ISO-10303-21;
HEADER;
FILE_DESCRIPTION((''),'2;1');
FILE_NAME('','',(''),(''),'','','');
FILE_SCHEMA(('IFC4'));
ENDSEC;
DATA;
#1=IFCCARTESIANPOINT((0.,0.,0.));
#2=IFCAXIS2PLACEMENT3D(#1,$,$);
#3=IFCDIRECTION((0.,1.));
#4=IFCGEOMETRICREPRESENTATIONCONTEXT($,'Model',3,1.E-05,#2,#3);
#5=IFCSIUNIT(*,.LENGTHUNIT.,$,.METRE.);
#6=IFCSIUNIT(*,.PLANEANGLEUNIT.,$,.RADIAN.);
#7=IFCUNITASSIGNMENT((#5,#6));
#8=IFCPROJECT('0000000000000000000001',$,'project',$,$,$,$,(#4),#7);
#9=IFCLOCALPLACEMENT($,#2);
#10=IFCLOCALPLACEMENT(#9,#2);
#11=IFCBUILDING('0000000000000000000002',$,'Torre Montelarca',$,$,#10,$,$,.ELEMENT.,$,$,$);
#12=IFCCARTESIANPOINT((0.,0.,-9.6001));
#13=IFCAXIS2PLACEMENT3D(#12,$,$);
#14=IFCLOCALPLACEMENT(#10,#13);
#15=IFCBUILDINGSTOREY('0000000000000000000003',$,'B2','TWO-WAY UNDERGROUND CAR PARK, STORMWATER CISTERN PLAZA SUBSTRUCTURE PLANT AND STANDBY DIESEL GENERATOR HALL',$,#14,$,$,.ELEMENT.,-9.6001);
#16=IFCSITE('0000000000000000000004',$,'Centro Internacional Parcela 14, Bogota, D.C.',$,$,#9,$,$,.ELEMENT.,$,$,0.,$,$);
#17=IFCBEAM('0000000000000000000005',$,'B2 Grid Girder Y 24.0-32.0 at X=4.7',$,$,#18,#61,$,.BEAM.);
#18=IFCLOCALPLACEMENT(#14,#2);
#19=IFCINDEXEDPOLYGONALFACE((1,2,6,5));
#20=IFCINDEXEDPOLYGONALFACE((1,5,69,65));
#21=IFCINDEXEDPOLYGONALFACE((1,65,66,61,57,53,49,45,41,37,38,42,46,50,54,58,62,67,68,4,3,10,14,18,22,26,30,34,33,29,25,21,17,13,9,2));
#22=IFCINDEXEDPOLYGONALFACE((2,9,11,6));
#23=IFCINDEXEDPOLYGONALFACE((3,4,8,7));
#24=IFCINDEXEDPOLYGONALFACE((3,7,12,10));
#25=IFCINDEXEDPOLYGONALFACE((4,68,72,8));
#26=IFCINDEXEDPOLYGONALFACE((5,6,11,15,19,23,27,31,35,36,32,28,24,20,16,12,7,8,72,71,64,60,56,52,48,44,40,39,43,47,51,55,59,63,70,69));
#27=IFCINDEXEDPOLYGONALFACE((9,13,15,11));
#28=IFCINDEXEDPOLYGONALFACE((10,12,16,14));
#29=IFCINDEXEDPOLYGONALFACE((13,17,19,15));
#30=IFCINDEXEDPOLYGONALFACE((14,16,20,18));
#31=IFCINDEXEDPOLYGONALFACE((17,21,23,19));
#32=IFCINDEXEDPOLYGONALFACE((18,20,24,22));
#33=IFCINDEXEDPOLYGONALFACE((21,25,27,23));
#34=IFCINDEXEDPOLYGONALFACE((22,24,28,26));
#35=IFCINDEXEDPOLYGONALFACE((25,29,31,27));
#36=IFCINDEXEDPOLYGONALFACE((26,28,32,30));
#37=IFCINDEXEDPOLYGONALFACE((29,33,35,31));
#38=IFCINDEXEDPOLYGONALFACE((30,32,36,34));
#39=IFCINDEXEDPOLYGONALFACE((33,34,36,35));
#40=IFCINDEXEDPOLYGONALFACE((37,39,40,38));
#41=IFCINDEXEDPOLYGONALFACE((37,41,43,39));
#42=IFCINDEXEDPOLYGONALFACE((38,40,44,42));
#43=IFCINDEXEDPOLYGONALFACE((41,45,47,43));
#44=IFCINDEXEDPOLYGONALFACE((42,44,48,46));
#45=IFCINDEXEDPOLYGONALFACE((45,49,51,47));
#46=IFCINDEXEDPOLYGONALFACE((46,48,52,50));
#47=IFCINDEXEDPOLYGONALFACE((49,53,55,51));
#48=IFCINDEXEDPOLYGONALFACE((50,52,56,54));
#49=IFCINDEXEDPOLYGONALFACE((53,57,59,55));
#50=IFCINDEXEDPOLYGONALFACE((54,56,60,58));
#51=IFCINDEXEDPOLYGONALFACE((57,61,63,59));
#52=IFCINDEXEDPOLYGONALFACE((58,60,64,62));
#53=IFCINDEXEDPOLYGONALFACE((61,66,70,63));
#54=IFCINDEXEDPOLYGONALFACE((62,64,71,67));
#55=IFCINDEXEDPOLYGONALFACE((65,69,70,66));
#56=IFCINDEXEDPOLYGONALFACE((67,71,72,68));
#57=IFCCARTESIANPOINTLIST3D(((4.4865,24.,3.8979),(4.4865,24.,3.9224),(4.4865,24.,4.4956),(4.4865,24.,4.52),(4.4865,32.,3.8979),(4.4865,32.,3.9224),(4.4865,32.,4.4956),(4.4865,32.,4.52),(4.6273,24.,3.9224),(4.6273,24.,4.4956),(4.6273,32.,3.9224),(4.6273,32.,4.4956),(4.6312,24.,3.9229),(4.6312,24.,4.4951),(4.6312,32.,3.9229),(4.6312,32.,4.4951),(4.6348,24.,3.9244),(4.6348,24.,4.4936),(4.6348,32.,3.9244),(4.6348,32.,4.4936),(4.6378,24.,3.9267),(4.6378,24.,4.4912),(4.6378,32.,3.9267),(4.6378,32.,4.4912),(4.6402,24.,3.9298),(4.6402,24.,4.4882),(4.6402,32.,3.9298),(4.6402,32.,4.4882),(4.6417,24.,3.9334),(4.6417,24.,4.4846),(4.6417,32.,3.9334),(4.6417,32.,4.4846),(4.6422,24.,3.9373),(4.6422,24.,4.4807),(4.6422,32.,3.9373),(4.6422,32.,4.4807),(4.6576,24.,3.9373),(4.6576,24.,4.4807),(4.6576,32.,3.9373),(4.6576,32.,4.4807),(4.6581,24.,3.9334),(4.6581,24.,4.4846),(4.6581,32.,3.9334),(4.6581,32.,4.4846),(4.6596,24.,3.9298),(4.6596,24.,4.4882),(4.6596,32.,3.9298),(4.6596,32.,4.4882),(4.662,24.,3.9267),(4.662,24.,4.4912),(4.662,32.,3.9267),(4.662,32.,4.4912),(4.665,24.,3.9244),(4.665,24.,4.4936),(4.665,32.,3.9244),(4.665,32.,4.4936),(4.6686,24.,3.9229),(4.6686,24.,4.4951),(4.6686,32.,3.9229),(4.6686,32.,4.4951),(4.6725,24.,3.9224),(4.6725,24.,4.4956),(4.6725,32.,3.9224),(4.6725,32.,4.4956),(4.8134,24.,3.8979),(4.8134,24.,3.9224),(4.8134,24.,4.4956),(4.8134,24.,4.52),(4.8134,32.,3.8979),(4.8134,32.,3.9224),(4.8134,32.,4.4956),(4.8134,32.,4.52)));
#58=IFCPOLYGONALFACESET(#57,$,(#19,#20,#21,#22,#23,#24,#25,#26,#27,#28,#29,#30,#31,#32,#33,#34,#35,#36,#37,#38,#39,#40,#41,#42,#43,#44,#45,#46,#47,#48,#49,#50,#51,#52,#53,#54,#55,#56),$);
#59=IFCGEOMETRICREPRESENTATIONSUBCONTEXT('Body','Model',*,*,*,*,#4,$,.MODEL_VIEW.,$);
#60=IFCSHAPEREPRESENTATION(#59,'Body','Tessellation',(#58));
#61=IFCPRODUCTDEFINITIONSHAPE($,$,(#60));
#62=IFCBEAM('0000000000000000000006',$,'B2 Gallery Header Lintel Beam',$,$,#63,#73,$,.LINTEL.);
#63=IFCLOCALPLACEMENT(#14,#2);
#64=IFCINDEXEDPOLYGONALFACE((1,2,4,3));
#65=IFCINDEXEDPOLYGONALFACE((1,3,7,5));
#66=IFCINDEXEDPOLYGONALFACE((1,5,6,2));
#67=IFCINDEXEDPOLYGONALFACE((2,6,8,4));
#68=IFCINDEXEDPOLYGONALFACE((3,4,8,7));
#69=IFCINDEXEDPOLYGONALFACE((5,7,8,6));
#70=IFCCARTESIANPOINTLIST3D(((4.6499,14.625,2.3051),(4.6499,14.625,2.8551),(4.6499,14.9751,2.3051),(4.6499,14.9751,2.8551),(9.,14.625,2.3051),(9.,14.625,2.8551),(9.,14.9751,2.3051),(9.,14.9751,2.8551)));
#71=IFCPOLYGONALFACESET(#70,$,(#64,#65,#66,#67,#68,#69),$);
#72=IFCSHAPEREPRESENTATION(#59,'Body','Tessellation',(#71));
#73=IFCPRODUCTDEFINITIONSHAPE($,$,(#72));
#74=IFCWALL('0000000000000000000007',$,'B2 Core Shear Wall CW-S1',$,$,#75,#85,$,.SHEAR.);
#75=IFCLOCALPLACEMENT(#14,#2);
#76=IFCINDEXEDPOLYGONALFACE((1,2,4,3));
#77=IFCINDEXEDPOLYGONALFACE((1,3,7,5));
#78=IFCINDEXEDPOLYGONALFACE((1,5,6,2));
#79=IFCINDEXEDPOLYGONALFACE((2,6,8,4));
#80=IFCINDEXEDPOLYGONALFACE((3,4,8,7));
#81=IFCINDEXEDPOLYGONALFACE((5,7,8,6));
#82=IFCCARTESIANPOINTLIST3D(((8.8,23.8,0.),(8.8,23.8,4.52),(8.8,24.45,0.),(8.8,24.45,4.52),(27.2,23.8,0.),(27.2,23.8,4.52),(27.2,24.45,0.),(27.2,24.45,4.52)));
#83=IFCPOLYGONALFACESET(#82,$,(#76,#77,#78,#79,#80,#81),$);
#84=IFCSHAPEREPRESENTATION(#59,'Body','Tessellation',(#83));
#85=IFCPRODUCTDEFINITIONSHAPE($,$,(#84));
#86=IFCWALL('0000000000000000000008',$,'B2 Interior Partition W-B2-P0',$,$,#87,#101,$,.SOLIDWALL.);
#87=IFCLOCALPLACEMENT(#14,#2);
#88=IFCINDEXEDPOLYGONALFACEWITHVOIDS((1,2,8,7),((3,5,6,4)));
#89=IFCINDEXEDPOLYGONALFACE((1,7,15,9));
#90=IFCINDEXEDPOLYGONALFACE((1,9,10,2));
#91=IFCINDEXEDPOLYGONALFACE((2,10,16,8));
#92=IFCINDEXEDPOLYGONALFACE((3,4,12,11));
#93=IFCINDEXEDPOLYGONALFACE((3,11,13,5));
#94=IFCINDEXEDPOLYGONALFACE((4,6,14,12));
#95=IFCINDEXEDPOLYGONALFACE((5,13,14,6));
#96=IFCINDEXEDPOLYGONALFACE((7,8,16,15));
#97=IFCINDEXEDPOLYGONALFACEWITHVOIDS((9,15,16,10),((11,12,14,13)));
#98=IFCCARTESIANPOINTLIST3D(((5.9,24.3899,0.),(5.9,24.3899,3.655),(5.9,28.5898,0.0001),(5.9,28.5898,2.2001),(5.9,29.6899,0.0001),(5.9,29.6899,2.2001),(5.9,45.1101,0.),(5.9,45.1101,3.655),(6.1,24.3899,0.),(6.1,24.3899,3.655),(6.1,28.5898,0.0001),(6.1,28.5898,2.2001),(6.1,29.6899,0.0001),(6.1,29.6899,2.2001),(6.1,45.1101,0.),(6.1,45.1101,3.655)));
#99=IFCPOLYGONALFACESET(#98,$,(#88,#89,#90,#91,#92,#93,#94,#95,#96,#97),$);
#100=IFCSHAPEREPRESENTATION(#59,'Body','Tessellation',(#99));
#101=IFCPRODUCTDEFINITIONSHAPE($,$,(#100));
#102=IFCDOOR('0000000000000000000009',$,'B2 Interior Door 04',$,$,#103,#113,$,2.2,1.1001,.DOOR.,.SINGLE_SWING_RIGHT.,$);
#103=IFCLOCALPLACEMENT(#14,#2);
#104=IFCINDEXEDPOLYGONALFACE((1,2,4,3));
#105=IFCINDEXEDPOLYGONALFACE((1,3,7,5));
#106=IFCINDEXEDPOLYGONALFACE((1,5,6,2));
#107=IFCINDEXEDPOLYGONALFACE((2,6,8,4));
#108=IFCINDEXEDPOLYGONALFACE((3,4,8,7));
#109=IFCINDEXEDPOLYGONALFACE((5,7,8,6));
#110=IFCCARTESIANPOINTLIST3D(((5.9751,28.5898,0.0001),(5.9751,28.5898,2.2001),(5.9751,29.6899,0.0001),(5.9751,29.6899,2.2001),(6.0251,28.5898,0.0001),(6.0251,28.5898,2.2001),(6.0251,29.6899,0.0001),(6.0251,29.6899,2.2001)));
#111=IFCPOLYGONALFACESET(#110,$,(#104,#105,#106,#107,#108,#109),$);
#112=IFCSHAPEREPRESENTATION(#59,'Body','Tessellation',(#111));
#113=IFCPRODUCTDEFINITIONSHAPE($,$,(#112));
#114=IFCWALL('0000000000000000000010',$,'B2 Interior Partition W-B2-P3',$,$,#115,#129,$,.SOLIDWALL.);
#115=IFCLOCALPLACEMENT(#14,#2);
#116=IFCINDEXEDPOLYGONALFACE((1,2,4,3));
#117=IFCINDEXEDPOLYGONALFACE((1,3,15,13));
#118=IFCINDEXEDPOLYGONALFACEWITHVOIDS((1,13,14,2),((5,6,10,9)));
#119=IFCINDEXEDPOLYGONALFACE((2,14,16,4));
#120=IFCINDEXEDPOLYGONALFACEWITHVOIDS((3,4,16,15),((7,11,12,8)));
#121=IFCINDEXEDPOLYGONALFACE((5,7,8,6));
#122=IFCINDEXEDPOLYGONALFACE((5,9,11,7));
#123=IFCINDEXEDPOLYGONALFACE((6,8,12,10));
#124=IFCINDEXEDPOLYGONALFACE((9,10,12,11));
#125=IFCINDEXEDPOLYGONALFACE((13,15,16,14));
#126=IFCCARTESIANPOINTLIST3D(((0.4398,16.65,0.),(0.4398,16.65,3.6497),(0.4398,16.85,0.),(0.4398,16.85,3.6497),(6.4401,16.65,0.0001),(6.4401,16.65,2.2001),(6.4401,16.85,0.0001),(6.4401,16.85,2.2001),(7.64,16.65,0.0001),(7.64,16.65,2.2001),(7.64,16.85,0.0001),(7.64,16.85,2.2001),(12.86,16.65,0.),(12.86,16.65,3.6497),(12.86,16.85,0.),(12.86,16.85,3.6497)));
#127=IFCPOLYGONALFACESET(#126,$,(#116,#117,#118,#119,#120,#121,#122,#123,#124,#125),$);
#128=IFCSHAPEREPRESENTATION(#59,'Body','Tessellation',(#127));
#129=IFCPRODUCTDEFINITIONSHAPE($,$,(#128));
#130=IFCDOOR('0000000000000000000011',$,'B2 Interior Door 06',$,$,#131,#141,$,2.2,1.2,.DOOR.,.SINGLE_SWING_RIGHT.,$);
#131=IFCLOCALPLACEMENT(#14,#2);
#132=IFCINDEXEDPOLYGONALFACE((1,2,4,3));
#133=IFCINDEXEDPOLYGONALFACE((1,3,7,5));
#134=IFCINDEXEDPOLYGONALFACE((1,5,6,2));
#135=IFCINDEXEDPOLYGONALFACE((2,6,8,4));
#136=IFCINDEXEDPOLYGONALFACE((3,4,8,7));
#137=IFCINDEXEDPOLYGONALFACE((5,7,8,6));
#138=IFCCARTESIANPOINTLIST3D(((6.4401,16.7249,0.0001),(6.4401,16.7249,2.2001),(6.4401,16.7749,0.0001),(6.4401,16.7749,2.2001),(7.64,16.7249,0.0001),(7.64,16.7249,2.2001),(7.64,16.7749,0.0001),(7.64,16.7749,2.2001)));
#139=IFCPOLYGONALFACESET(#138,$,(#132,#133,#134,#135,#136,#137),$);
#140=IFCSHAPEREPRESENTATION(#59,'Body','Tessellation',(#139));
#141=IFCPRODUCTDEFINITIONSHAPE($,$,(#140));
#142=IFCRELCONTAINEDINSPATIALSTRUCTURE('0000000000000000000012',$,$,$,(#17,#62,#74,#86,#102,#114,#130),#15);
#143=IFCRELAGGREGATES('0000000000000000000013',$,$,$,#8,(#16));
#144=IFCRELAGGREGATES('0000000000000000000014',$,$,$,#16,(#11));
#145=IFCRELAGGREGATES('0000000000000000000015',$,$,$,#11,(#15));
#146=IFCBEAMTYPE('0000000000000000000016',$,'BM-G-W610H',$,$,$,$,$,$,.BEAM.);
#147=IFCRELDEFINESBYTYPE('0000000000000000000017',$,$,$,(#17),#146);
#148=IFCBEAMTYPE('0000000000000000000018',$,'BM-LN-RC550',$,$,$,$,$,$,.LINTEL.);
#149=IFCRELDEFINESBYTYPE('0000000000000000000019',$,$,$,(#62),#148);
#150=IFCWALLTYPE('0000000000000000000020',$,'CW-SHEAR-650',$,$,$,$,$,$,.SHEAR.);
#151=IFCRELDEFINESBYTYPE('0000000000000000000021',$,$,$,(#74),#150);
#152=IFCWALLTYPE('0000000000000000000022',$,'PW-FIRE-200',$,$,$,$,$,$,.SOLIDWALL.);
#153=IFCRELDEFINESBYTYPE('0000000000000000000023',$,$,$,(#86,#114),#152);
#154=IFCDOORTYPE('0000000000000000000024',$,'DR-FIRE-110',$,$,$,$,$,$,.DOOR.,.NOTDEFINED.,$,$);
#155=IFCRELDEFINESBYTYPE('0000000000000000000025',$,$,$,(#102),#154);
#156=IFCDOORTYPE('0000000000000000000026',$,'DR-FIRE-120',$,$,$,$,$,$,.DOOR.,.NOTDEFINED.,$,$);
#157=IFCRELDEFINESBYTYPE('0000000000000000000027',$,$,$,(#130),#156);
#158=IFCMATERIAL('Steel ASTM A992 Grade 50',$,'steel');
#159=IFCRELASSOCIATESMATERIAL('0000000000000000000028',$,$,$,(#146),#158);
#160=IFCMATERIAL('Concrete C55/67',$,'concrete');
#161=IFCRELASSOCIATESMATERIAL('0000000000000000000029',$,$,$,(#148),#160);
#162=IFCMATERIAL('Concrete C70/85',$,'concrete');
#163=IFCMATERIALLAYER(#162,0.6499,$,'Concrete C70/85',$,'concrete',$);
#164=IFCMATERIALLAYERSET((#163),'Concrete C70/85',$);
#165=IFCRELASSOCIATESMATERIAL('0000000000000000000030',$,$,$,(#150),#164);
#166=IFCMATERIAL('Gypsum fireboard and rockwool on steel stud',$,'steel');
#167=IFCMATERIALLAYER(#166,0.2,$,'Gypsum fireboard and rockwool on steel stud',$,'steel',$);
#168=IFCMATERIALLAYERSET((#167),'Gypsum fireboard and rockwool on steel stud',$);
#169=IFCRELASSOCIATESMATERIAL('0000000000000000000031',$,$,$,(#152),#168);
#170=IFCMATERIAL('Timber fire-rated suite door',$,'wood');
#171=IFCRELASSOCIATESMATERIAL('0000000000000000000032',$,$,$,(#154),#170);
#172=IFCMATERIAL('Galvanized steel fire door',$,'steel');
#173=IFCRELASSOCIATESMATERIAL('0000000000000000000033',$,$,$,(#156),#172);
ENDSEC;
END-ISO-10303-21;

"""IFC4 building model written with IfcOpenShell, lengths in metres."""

from ifc_helpers import new_model, si_unit, direction, frame, frame_2d, origin, origin_2d, place, context, subcontext, project, spatial, rectangle, i_section, extrude, source, transform, mapped, material, layer, layer_set, material_profile, profile_set, type_object, element, fill, save


model = new_model("IFC4")

# Units and contexts
model_context = context("Model", 3, precision=1e-05, world=origin(), true_north=direction((0.0, 1.0)))
body_context = subcontext(model_context, "Body", "Model", "MODEL_VIEW")
ifc_project = project(units=[si_unit("LENGTHUNIT", "METRE"), si_unit("PLANEANGLEUNIT", "RADIAN")], contexts=[model_context])

# Site, building, storey
site_placement = place(None, origin())
site = spatial("IfcSite", under=ifc_project, at=site_placement, Name="Centro Internacional Parcela 14, Bogota, D.C.", CompositionType="ELEMENT", RefElevation=0.0)
building_placement = place(site_placement, origin())
building = spatial("IfcBuilding", under=site, at=building_placement, Name="Torre Montelarca", CompositionType="ELEMENT")
storey_placement = place(building_placement, frame((0.0, 0.0, -9.6001)))
storey = spatial("IfcBuildingStorey", under=building, at=storey_placement, Name="B2", Description="TWO-WAY UNDERGROUND CAR PARK, STORMWATER CISTERN PLAZA SUBSTRUCTURE PLANT AND STANDBY DIESEL GENERATOR HALL", CompositionType="ELEMENT", Elevation=-9.6001)

# Shared definitions
ifc_material_1 = material(Name="Concrete C70/85", Category="concrete")

# Beams
ifc_material_2 = material(Name="Concrete C55/67", Category="concrete")
ifc_material_3 = material(Name="Steel ASTM A992 Grade 50", Category="steel")
ifc_material_profile_1 = material_profile(ifc_material_3, i_section(OverallWidth=0.3269, OverallDepth=0.6221, WebThickness=0.0154, FlangeThickness=0.0244, FilletRadius=0.0149, at=origin_2d()), Name="W610X195", Category="steel")
ifc_profile_set_1 = profile_set([ifc_material_profile_1], Name="Steel ASTM A992 Grade 50")
beam_type_1 = type_object("IfcBeamType", Name="BM-G-W610H", PredefinedType="BEAM", material=ifc_profile_set_1)
shared_shape_1 = source(origin(), body_context, "Body", "SweptSolid", [
    extrude(i_section(OverallWidth=0.3269, OverallDepth=0.6221, WebThickness=0.0154, FlangeThickness=0.0244, FilletRadius=0.0149, at=origin_2d()), origin(), (0.0, 0.0, 1.0), 8.0),
])
beam_1_placement = place(storey_placement, frame((4.6499, 24.0, 4.209), z_axis=(0.0, 1.0, 0.0), x_axis=(-1.0, 0.0, 0.0)))
element("IfcBeam", 1, at=beam_1_placement, inside=storey, type_object=beam_type_1, Name="B2 Grid Girder Y 24.0-32.0 at X=4.7", PredefinedType="BEAM", context=body_context, shape_type="MappedRepresentation", body=[
    mapped(shared_shape_1, transform((0.0, 0.0, 0.0), scale=1.0)),
])
ifc_material_profile_2 = material_profile(ifc_material_2, rectangle(XDim=0.3501, YDim=0.55, at=origin_2d()), Name="RCB350X550", Category="concrete")
ifc_profile_set_2 = profile_set([ifc_material_profile_2], Name="Concrete C55/67")
beam_type_2 = type_object("IfcBeamType", Name="BM-LN-RC550", PredefinedType="LINTEL", material=ifc_profile_set_2)
shared_shape_2 = source(origin(), body_context, "Body", "SweptSolid", [
    extrude(rectangle(XDim=0.3501, YDim=0.55, at=origin_2d()), origin(), (0.0, 0.0, 1.0), 4.3501),
])
beam_2_placement = place(storey_placement, frame((4.6499, 14.8, 2.5801), z_axis=(1.0, 0.0, 0.0), x_axis=(0.0, 1.0, 0.0)))
element("IfcBeam", 2, at=beam_2_placement, inside=storey, type_object=beam_type_2, Name="B2 Gallery Header Lintel Beam", PredefinedType="LINTEL", context=body_context, shape_type="MappedRepresentation", body=[
    mapped(shared_shape_2, transform((0.0, 0.0, 0.0), scale=1.0)),
])

# Wall
ifc_layer_1 = layer(ifc_material_1, 0.6499, Name="Concrete C70/85", Category="concrete")
ifc_layer_set_1 = layer_set([ifc_layer_1], Name="Concrete C70/85")
wall_type_1 = type_object("IfcWallType", Name="CW-SHEAR-650", PredefinedType="SHEAR", material=ifc_layer_set_1)
wall_1_placement = place(storey_placement, frame((8.8, 24.125, 0.0), z_axis=(0.0, 0.0, 1.0), x_axis=(1.0, 0.0, 0.0)))
element("IfcWall", 3, at=wall_1_placement, inside=storey, type_object=wall_type_1, Name="B2 Core Shear Wall CW-S1", PredefinedType="SHEAR", context=body_context, shape_type="SweptSolid", body=[
    extrude(rectangle(XDim=18.3999, YDim=0.6499, at=frame_2d((9.2, 0.0))), origin(), (0.0, 0.0, 1.0), 4.52),
])

# Walls, openings, doors
ifc_material_4 = material(Name="Gypsum fireboard and rockwool on steel stud", Category="steel")
ifc_layer_2 = layer(ifc_material_4, 0.2, Name="Gypsum fireboard and rockwool on steel stud", Category="steel")
ifc_layer_set_2 = layer_set([ifc_layer_2], Name="Gypsum fireboard and rockwool on steel stud")
wall_type_2 = type_object("IfcWallType", Name="PW-FIRE-200", PredefinedType="SOLIDWALL", material=ifc_layer_set_2)
wall_2_placement = place(storey_placement, frame((6.0, 24.3899, 0.0), z_axis=(0.0, 0.0, 1.0), x_axis=(0.0, 1.0, 0.0)))
wall_2 = element("IfcWall", 4, at=wall_2_placement, inside=storey, type_object=wall_type_2, Name="B2 Interior Partition W-B2-P0", PredefinedType="SOLIDWALL", context=body_context, shape_type="SweptSolid", body=[
    extrude(rectangle(XDim=20.7202, YDim=0.2, at=frame_2d((10.3601, 0.0))), origin(), (0.0, 0.0, 1.0), 3.655),
])
opening_1_placement = place(wall_2_placement, frame((4.2, 0.0, 0.0)))
opening_1 = element("IfcOpeningElement", 5, at=opening_1_placement, cuts=wall_2, PredefinedType="OPENING", context=body_context, shape_type="SweptSolid", body=[
    extrude(rectangle(XDim=1.1001, YDim=2.2, at=frame_2d((0.55, 1.1001))), frame((0.0, 0.1099, 0.0), z_axis=(0.0, -1.0, 0.0), x_axis=(1.0, 0.0, 0.0)), (0.0, 0.0, 1.0), 0.22),
])
ifc_material_5 = material(Name="Timber fire-rated suite door", Category="wood")
door_type_1 = type_object("IfcDoorType", Name="DR-FIRE-110", OperationType="NOTDEFINED", PredefinedType="DOOR", material=ifc_material_5)
shared_shape_3 = source(origin(), body_context, "Body", "SweptSolid", [
    extrude(rectangle(XDim=1.1001, YDim=2.2, at=frame_2d((0.55, 1.1001))), frame((0.0, 0.0249, 0.0), z_axis=(0.0, -1.0, 0.0), x_axis=(1.0, 0.0, 0.0)), (0.0, 0.0, 1.0), 0.05),
])
door_1_placement = place(opening_1_placement, origin())
door_1 = element("IfcDoor", 6, at=door_1_placement, inside=storey, type_object=door_type_1, Name="B2 Interior Door 04", OperationType="SINGLE_SWING_RIGHT", OverallHeight=2.2, OverallWidth=1.1001, PredefinedType="DOOR", context=body_context, shape_type="MappedRepresentation", body=[
    mapped(shared_shape_3, transform((0.0, 0.0, 0.0), scale=1.0)),
])
fill(opening_1, door_1)
wall_3_placement = place(storey_placement, frame((0.4399, 16.75, 0.0), z_axis=(0.0, 0.0, 1.0), x_axis=(1.0, 0.0, 0.0)))
wall_3 = element("IfcWall", 7, at=wall_3_placement, inside=storey, type_object=wall_type_2, Name="B2 Interior Partition W-B2-P3", PredefinedType="SOLIDWALL", context=body_context, shape_type="SweptSolid", body=[
    extrude(rectangle(XDim=12.4202, YDim=0.2, at=frame_2d((6.21, 0.0))), origin(), (0.0, 0.0, 1.0), 3.6497),
])
opening_2_placement = place(wall_3_placement, frame((6.0, 0.0, 0.0)))
opening_2 = element("IfcOpeningElement", 8, at=opening_2_placement, cuts=wall_3, PredefinedType="OPENING", context=body_context, shape_type="SweptSolid", body=[
    extrude(rectangle(XDim=1.2, YDim=2.2, at=frame_2d((0.6001, 1.1001))), frame((0.0, 0.1099, 0.0), z_axis=(0.0, -1.0, 0.0), x_axis=(1.0, 0.0, 0.0)), (0.0, 0.0, 1.0), 0.22),
])
ifc_material_6 = material(Name="Galvanized steel fire door", Category="steel")
door_type_2 = type_object("IfcDoorType", Name="DR-FIRE-120", OperationType="NOTDEFINED", PredefinedType="DOOR", material=ifc_material_6)
shared_shape_4 = source(origin(), body_context, "Body", "SweptSolid", [
    extrude(rectangle(XDim=1.2, YDim=2.2, at=frame_2d((0.6001, 1.1001))), frame((0.0, 0.0249, 0.0), z_axis=(0.0, -1.0, 0.0), x_axis=(1.0, 0.0, 0.0)), (0.0, 0.0, 1.0), 0.05),
])
door_2_placement = place(opening_2_placement, origin())
door_2 = element("IfcDoor", 9, at=door_2_placement, inside=storey, type_object=door_type_2, Name="B2 Interior Door 06", OperationType="SINGLE_SWING_RIGHT", OverallHeight=2.2, OverallWidth=1.2, PredefinedType="DOOR", context=body_context, shape_type="MappedRepresentation", body=[
    mapped(shared_shape_4, transform((0.0, 0.0, 0.0), scale=1.0)),
])
fill(opening_2, door_2)

save(model, "model.ifc")
